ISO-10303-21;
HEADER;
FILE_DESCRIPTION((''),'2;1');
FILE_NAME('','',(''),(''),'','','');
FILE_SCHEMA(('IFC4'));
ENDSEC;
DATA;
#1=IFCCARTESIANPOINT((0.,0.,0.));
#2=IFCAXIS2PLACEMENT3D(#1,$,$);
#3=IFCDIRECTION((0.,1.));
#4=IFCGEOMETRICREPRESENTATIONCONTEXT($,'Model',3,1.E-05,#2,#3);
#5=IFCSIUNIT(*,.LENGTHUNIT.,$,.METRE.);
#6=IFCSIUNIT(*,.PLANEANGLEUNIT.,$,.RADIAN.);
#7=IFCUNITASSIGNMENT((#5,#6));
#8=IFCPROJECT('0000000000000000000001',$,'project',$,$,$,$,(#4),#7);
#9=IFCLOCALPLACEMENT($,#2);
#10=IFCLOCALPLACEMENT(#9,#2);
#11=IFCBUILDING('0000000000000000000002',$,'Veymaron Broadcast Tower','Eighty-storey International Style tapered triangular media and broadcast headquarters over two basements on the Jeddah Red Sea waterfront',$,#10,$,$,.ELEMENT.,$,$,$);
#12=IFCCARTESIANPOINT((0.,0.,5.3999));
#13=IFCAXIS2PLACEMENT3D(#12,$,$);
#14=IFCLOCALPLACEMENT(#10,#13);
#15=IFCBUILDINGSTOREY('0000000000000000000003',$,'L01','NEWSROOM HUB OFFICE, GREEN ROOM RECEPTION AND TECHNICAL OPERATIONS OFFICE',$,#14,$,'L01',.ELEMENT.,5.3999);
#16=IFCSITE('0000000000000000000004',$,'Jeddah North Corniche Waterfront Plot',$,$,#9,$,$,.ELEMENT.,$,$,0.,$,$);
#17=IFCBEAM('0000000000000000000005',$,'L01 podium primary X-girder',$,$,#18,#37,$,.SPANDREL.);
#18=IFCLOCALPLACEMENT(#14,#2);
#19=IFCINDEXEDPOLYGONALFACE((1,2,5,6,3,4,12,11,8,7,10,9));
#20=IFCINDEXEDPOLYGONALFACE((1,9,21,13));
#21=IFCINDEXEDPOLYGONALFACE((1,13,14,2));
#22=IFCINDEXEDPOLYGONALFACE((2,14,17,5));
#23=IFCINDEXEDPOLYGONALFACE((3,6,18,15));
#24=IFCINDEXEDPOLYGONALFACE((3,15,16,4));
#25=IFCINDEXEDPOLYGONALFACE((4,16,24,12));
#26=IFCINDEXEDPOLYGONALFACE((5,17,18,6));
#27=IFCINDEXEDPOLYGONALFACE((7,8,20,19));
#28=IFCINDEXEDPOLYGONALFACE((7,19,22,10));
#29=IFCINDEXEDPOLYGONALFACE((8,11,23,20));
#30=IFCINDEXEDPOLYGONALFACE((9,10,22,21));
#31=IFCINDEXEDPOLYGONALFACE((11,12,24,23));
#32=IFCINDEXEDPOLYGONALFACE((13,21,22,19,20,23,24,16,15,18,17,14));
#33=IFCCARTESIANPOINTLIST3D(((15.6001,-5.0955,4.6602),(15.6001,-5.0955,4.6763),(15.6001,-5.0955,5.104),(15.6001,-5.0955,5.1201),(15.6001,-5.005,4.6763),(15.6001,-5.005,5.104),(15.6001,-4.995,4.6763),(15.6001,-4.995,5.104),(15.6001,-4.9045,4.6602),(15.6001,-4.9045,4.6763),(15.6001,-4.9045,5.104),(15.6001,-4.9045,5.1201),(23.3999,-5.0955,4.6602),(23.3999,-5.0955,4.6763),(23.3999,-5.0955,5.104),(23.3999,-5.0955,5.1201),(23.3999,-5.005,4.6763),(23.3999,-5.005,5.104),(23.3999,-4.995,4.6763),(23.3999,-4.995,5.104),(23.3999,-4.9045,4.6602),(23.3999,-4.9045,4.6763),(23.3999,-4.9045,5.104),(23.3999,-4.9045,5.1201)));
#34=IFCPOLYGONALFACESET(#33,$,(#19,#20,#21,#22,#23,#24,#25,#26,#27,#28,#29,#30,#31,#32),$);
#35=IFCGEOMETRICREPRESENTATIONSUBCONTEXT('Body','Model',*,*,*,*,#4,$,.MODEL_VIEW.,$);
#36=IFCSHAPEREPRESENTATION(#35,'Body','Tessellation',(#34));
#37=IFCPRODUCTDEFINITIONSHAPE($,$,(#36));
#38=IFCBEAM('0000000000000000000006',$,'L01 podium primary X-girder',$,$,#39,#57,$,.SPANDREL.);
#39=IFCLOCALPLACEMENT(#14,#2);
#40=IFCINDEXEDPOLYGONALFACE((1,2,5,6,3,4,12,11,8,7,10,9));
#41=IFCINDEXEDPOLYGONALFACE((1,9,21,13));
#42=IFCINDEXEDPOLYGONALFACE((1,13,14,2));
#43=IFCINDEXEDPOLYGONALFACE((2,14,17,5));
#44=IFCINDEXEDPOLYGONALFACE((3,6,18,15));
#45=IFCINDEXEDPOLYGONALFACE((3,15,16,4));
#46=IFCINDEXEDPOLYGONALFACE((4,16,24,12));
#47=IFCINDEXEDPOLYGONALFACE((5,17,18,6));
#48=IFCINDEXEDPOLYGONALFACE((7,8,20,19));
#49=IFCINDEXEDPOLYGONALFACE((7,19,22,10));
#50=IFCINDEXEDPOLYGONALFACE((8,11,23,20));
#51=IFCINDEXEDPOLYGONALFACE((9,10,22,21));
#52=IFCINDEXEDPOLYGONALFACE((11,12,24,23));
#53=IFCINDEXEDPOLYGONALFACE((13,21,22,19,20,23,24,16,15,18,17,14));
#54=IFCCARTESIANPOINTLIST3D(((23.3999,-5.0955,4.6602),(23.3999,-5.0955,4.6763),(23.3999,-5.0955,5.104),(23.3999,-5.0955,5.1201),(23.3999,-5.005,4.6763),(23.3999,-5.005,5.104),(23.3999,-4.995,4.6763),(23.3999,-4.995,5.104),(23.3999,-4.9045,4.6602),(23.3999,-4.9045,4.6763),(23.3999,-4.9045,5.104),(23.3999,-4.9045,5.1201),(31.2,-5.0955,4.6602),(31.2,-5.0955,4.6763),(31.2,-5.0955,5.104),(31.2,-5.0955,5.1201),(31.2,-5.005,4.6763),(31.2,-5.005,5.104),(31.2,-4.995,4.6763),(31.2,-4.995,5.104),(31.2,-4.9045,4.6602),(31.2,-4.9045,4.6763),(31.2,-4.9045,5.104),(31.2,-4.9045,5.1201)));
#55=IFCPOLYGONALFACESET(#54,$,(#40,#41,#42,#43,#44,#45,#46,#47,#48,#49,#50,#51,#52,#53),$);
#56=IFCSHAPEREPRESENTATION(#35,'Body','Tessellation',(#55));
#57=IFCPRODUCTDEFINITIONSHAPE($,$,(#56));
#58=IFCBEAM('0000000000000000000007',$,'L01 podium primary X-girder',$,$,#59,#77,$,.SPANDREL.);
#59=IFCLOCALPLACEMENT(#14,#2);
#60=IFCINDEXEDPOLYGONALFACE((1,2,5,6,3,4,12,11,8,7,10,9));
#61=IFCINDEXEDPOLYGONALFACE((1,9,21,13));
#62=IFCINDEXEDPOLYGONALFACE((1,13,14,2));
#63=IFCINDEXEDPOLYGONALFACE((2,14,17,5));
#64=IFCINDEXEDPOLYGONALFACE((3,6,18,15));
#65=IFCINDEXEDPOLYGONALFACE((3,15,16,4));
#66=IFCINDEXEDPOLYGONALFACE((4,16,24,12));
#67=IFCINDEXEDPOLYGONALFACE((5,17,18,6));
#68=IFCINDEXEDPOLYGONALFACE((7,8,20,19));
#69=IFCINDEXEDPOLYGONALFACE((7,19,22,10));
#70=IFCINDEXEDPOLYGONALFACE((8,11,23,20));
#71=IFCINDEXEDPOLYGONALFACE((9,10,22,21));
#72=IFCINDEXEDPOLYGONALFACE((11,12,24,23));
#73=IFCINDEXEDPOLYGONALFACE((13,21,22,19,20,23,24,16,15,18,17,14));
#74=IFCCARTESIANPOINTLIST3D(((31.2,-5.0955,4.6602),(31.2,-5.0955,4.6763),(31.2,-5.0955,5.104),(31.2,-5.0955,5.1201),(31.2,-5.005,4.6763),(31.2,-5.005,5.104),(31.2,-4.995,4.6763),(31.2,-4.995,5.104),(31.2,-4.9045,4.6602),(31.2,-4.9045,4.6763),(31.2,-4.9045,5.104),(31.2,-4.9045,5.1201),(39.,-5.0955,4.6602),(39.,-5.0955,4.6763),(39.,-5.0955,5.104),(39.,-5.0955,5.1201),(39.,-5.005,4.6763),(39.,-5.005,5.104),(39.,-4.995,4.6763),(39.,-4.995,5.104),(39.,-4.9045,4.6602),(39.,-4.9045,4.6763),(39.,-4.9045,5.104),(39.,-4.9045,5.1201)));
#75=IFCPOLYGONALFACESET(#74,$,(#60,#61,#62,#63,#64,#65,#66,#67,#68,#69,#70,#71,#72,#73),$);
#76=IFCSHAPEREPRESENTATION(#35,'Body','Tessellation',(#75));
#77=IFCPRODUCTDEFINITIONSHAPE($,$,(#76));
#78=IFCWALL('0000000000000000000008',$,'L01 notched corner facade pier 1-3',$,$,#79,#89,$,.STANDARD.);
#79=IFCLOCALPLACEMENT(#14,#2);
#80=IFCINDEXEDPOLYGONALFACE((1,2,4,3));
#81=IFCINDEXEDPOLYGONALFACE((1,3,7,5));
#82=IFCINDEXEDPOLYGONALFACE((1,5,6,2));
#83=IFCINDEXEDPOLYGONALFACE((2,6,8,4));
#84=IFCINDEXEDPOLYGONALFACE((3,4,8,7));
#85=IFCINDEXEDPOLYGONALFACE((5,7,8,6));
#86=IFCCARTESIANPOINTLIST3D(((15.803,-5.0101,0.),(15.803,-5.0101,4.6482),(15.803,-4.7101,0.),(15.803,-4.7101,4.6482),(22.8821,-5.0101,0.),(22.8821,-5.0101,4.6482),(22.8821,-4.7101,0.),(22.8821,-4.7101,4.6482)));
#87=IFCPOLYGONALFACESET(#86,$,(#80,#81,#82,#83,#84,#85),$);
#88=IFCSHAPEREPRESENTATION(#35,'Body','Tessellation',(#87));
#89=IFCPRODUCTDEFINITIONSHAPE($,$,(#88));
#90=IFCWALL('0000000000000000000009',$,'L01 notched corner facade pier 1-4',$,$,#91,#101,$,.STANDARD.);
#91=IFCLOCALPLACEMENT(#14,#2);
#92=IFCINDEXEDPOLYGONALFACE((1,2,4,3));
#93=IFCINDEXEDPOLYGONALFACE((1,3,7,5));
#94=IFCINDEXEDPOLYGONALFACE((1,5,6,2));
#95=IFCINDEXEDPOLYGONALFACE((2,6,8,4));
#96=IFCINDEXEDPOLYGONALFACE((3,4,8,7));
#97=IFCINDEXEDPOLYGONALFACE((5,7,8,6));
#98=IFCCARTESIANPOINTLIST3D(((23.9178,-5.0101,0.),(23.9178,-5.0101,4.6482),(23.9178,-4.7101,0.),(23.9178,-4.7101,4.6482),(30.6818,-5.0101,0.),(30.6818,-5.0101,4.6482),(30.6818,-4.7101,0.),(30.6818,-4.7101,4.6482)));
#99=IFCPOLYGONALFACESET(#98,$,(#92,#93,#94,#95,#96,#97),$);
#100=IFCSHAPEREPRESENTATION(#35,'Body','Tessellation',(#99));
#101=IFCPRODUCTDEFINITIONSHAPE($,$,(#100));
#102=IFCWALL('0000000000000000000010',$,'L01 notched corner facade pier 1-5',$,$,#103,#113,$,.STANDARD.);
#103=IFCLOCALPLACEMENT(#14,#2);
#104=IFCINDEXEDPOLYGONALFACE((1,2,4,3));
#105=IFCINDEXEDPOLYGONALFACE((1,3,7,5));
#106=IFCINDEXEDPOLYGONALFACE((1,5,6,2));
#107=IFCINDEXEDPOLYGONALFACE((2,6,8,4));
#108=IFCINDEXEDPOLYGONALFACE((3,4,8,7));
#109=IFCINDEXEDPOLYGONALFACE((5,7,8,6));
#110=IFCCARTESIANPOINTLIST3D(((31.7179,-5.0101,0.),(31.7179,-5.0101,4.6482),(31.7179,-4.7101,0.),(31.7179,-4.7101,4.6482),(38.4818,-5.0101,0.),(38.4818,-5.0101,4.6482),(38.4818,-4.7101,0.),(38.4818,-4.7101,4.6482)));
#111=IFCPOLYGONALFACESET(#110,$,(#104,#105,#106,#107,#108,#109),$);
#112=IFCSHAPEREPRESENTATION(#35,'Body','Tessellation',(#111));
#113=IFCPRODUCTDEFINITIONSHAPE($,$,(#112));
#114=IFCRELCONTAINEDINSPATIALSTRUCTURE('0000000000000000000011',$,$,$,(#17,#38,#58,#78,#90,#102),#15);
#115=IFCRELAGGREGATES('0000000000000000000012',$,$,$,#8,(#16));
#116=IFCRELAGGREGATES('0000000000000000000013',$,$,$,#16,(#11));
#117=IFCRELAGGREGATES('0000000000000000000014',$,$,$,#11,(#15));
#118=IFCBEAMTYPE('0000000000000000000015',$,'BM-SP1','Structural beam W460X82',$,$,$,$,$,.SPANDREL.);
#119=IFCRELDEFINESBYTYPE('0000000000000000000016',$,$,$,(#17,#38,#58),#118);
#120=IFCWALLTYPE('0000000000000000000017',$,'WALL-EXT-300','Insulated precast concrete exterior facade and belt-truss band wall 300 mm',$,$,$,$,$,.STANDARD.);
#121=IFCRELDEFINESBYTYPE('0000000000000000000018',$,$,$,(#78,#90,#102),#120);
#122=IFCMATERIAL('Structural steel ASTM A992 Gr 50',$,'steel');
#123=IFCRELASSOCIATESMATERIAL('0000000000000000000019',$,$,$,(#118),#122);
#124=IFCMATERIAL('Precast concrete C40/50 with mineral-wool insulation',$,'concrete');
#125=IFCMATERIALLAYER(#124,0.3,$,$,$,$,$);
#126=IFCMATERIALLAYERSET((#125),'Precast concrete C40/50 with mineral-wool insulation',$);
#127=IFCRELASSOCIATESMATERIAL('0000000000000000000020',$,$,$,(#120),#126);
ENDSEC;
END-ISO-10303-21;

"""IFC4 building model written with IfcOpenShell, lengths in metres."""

from ifc_helpers import new_model, si_unit, direction, frame, frame_2d, origin, origin_2d, place, context, subcontext, project, spatial, rectangle, i_section, extrude, material, layer, layer_set, material_profile, profile_set, type_object, element, save


model = new_model("IFC4")

# Units and contexts
model_context = context("Model", 3, precision=1e-05, world=origin(), true_north=direction((0.0, 1.0)))
body_context = subcontext(model_context, "Body", "Model", "MODEL_VIEW")
ifc_project = project(units=[si_unit("LENGTHUNIT", "METRE"), si_unit("PLANEANGLEUNIT", "RADIAN")], contexts=[model_context])

# Site, building, storey
site_placement = place(None, origin())
site = spatial("IfcSite", under=ifc_project, at=site_placement, Name="Jeddah North Corniche Waterfront Plot", CompositionType="ELEMENT", RefElevation=0.0)
building_placement = place(site_placement, origin())
building = spatial("IfcBuilding", under=site, at=building_placement, Name="Veymaron Broadcast Tower", Description="Eighty-storey International Style tapered triangular media and broadcast headquarters over two basements on the Jeddah Red Sea waterfront", CompositionType="ELEMENT")
storey_placement = place(building_placement, frame((0.0, 0.0, 5.3999)))
storey = spatial("IfcBuildingStorey", under=building, at=storey_placement, Name="L01", Description="NEWSROOM HUB OFFICE, GREEN ROOM RECEPTION AND TECHNICAL OPERATIONS OFFICE", LongName="L01", CompositionType="ELEMENT", Elevation=5.3999)

# Beams
ifc_material_1 = material(Name="Structural steel ASTM A992 Gr 50", Category="steel")
ifc_material_profile_1 = material_profile(ifc_material_1, i_section(OverallWidth=0.1909, OverallDepth=0.46, WebThickness=0.01, FlangeThickness=0.0161, at=origin_2d()), Name="W460X82")
ifc_profile_set_1 = profile_set([ifc_material_profile_1], Name="Structural steel ASTM A992 Gr 50")
beam_type_1 = type_object("IfcBeamType", Name="BM-SP1", Description="Structural beam W460X82", PredefinedType="SPANDREL", material=ifc_profile_set_1)
beam_1_placement = place(storey_placement, frame((15.6001, -5.0, 4.8901), z_axis=(1.0, 0.0, 0.0), x_axis=(0.0, 1.0, 0.0)))
element("IfcBeam", 1, at=beam_1_placement, inside=storey, type_object=beam_type_1, Name="L01 podium primary X-girder", PredefinedType="SPANDREL", context=body_context, shape_type="SweptSolid", body=[
    extrude(i_section(OverallWidth=0.1909, OverallDepth=0.46, WebThickness=0.01, FlangeThickness=0.0161, at=origin_2d()), origin(), (0.0, 0.0, 1.0), 7.7998),
])
for number, where, z_axis, x_axis, name in (
    (2, (23.3999, -5.0, 4.8901), (1.0, 0.0, 0.0), (0.0, 1.0, 0.0), "L01 podium primary X-girder"),
    (3, (31.2, -5.0, 4.8901), (1.0, 0.0, 0.0), (0.0, 1.0, 0.0), "L01 podium primary X-girder"),
):
    element("IfcBeam", number, at=place(storey_placement, frame(where, z_axis=z_axis, x_axis=x_axis)), inside=storey, type_object=beam_type_1, Name=name, PredefinedType="SPANDREL", context=body_context, shape_type="SweptSolid", body=[
        extrude(i_section(OverallWidth=0.1909, OverallDepth=0.46, WebThickness=0.01, FlangeThickness=0.0161, at=origin_2d()), origin(), (0.0, 0.0, 1.0), 7.8),
    ])

# Walls
ifc_material_2 = material(Name="Precast concrete C40/50 with mineral-wool insulation", Category="concrete")
ifc_layer = layer(ifc_material_2, 0.3)
ifc_layer_set = layer_set([ifc_layer], Name="Precast concrete C40/50 with mineral-wool insulation")
wall_type = type_object("IfcWallType", Name="WALL-EXT-300", Description="Insulated precast concrete exterior facade and belt-truss band wall 300 mm", PredefinedType="STANDARD", material=ifc_layer_set)
wall_placement = place(storey_placement, frame((15.803, -4.8601, 0.0), z_axis=(0.0, 0.0, 1.0), x_axis=(1.0, 0.0, 0.0)))
element("IfcWall", 4, at=wall_placement, inside=storey, type_object=wall_type, Name="L01 notched corner facade pier 1-3", PredefinedType="STANDARD", context=body_context, shape_type="SweptSolid", body=[
    extrude(rectangle(XDim=7.0791, YDim=0.3, at=frame_2d((3.5396, 0.0))), origin(), (0.0, 0.0, 1.0), 4.6482),
])
for number, where, z_axis, x_axis, name in (
    (5, (23.918, -4.8601, 0.0), (0.0, 0.0, 1.0), (1.0, 0.0, 0.0), "L01 notched corner facade pier 1-4"),
    (6, (31.718, -4.8601, 0.0), (0.0, 0.0, 1.0), (1.0, 0.0, 0.0), "L01 notched corner facade pier 1-5"),
):
    element("IfcWall", number, at=place(storey_placement, frame(where, z_axis=z_axis, x_axis=x_axis)), inside=storey, type_object=wall_type, Name=name, PredefinedType="STANDARD", context=body_context, shape_type="SweptSolid", body=[
        extrude(rectangle(XDim=6.7639, YDim=0.3, at=frame_2d((3.3818, 0.0))), origin(), (0.0, 0.0, 1.0), 4.6482),
    ])

save(model, "model.ifc")
